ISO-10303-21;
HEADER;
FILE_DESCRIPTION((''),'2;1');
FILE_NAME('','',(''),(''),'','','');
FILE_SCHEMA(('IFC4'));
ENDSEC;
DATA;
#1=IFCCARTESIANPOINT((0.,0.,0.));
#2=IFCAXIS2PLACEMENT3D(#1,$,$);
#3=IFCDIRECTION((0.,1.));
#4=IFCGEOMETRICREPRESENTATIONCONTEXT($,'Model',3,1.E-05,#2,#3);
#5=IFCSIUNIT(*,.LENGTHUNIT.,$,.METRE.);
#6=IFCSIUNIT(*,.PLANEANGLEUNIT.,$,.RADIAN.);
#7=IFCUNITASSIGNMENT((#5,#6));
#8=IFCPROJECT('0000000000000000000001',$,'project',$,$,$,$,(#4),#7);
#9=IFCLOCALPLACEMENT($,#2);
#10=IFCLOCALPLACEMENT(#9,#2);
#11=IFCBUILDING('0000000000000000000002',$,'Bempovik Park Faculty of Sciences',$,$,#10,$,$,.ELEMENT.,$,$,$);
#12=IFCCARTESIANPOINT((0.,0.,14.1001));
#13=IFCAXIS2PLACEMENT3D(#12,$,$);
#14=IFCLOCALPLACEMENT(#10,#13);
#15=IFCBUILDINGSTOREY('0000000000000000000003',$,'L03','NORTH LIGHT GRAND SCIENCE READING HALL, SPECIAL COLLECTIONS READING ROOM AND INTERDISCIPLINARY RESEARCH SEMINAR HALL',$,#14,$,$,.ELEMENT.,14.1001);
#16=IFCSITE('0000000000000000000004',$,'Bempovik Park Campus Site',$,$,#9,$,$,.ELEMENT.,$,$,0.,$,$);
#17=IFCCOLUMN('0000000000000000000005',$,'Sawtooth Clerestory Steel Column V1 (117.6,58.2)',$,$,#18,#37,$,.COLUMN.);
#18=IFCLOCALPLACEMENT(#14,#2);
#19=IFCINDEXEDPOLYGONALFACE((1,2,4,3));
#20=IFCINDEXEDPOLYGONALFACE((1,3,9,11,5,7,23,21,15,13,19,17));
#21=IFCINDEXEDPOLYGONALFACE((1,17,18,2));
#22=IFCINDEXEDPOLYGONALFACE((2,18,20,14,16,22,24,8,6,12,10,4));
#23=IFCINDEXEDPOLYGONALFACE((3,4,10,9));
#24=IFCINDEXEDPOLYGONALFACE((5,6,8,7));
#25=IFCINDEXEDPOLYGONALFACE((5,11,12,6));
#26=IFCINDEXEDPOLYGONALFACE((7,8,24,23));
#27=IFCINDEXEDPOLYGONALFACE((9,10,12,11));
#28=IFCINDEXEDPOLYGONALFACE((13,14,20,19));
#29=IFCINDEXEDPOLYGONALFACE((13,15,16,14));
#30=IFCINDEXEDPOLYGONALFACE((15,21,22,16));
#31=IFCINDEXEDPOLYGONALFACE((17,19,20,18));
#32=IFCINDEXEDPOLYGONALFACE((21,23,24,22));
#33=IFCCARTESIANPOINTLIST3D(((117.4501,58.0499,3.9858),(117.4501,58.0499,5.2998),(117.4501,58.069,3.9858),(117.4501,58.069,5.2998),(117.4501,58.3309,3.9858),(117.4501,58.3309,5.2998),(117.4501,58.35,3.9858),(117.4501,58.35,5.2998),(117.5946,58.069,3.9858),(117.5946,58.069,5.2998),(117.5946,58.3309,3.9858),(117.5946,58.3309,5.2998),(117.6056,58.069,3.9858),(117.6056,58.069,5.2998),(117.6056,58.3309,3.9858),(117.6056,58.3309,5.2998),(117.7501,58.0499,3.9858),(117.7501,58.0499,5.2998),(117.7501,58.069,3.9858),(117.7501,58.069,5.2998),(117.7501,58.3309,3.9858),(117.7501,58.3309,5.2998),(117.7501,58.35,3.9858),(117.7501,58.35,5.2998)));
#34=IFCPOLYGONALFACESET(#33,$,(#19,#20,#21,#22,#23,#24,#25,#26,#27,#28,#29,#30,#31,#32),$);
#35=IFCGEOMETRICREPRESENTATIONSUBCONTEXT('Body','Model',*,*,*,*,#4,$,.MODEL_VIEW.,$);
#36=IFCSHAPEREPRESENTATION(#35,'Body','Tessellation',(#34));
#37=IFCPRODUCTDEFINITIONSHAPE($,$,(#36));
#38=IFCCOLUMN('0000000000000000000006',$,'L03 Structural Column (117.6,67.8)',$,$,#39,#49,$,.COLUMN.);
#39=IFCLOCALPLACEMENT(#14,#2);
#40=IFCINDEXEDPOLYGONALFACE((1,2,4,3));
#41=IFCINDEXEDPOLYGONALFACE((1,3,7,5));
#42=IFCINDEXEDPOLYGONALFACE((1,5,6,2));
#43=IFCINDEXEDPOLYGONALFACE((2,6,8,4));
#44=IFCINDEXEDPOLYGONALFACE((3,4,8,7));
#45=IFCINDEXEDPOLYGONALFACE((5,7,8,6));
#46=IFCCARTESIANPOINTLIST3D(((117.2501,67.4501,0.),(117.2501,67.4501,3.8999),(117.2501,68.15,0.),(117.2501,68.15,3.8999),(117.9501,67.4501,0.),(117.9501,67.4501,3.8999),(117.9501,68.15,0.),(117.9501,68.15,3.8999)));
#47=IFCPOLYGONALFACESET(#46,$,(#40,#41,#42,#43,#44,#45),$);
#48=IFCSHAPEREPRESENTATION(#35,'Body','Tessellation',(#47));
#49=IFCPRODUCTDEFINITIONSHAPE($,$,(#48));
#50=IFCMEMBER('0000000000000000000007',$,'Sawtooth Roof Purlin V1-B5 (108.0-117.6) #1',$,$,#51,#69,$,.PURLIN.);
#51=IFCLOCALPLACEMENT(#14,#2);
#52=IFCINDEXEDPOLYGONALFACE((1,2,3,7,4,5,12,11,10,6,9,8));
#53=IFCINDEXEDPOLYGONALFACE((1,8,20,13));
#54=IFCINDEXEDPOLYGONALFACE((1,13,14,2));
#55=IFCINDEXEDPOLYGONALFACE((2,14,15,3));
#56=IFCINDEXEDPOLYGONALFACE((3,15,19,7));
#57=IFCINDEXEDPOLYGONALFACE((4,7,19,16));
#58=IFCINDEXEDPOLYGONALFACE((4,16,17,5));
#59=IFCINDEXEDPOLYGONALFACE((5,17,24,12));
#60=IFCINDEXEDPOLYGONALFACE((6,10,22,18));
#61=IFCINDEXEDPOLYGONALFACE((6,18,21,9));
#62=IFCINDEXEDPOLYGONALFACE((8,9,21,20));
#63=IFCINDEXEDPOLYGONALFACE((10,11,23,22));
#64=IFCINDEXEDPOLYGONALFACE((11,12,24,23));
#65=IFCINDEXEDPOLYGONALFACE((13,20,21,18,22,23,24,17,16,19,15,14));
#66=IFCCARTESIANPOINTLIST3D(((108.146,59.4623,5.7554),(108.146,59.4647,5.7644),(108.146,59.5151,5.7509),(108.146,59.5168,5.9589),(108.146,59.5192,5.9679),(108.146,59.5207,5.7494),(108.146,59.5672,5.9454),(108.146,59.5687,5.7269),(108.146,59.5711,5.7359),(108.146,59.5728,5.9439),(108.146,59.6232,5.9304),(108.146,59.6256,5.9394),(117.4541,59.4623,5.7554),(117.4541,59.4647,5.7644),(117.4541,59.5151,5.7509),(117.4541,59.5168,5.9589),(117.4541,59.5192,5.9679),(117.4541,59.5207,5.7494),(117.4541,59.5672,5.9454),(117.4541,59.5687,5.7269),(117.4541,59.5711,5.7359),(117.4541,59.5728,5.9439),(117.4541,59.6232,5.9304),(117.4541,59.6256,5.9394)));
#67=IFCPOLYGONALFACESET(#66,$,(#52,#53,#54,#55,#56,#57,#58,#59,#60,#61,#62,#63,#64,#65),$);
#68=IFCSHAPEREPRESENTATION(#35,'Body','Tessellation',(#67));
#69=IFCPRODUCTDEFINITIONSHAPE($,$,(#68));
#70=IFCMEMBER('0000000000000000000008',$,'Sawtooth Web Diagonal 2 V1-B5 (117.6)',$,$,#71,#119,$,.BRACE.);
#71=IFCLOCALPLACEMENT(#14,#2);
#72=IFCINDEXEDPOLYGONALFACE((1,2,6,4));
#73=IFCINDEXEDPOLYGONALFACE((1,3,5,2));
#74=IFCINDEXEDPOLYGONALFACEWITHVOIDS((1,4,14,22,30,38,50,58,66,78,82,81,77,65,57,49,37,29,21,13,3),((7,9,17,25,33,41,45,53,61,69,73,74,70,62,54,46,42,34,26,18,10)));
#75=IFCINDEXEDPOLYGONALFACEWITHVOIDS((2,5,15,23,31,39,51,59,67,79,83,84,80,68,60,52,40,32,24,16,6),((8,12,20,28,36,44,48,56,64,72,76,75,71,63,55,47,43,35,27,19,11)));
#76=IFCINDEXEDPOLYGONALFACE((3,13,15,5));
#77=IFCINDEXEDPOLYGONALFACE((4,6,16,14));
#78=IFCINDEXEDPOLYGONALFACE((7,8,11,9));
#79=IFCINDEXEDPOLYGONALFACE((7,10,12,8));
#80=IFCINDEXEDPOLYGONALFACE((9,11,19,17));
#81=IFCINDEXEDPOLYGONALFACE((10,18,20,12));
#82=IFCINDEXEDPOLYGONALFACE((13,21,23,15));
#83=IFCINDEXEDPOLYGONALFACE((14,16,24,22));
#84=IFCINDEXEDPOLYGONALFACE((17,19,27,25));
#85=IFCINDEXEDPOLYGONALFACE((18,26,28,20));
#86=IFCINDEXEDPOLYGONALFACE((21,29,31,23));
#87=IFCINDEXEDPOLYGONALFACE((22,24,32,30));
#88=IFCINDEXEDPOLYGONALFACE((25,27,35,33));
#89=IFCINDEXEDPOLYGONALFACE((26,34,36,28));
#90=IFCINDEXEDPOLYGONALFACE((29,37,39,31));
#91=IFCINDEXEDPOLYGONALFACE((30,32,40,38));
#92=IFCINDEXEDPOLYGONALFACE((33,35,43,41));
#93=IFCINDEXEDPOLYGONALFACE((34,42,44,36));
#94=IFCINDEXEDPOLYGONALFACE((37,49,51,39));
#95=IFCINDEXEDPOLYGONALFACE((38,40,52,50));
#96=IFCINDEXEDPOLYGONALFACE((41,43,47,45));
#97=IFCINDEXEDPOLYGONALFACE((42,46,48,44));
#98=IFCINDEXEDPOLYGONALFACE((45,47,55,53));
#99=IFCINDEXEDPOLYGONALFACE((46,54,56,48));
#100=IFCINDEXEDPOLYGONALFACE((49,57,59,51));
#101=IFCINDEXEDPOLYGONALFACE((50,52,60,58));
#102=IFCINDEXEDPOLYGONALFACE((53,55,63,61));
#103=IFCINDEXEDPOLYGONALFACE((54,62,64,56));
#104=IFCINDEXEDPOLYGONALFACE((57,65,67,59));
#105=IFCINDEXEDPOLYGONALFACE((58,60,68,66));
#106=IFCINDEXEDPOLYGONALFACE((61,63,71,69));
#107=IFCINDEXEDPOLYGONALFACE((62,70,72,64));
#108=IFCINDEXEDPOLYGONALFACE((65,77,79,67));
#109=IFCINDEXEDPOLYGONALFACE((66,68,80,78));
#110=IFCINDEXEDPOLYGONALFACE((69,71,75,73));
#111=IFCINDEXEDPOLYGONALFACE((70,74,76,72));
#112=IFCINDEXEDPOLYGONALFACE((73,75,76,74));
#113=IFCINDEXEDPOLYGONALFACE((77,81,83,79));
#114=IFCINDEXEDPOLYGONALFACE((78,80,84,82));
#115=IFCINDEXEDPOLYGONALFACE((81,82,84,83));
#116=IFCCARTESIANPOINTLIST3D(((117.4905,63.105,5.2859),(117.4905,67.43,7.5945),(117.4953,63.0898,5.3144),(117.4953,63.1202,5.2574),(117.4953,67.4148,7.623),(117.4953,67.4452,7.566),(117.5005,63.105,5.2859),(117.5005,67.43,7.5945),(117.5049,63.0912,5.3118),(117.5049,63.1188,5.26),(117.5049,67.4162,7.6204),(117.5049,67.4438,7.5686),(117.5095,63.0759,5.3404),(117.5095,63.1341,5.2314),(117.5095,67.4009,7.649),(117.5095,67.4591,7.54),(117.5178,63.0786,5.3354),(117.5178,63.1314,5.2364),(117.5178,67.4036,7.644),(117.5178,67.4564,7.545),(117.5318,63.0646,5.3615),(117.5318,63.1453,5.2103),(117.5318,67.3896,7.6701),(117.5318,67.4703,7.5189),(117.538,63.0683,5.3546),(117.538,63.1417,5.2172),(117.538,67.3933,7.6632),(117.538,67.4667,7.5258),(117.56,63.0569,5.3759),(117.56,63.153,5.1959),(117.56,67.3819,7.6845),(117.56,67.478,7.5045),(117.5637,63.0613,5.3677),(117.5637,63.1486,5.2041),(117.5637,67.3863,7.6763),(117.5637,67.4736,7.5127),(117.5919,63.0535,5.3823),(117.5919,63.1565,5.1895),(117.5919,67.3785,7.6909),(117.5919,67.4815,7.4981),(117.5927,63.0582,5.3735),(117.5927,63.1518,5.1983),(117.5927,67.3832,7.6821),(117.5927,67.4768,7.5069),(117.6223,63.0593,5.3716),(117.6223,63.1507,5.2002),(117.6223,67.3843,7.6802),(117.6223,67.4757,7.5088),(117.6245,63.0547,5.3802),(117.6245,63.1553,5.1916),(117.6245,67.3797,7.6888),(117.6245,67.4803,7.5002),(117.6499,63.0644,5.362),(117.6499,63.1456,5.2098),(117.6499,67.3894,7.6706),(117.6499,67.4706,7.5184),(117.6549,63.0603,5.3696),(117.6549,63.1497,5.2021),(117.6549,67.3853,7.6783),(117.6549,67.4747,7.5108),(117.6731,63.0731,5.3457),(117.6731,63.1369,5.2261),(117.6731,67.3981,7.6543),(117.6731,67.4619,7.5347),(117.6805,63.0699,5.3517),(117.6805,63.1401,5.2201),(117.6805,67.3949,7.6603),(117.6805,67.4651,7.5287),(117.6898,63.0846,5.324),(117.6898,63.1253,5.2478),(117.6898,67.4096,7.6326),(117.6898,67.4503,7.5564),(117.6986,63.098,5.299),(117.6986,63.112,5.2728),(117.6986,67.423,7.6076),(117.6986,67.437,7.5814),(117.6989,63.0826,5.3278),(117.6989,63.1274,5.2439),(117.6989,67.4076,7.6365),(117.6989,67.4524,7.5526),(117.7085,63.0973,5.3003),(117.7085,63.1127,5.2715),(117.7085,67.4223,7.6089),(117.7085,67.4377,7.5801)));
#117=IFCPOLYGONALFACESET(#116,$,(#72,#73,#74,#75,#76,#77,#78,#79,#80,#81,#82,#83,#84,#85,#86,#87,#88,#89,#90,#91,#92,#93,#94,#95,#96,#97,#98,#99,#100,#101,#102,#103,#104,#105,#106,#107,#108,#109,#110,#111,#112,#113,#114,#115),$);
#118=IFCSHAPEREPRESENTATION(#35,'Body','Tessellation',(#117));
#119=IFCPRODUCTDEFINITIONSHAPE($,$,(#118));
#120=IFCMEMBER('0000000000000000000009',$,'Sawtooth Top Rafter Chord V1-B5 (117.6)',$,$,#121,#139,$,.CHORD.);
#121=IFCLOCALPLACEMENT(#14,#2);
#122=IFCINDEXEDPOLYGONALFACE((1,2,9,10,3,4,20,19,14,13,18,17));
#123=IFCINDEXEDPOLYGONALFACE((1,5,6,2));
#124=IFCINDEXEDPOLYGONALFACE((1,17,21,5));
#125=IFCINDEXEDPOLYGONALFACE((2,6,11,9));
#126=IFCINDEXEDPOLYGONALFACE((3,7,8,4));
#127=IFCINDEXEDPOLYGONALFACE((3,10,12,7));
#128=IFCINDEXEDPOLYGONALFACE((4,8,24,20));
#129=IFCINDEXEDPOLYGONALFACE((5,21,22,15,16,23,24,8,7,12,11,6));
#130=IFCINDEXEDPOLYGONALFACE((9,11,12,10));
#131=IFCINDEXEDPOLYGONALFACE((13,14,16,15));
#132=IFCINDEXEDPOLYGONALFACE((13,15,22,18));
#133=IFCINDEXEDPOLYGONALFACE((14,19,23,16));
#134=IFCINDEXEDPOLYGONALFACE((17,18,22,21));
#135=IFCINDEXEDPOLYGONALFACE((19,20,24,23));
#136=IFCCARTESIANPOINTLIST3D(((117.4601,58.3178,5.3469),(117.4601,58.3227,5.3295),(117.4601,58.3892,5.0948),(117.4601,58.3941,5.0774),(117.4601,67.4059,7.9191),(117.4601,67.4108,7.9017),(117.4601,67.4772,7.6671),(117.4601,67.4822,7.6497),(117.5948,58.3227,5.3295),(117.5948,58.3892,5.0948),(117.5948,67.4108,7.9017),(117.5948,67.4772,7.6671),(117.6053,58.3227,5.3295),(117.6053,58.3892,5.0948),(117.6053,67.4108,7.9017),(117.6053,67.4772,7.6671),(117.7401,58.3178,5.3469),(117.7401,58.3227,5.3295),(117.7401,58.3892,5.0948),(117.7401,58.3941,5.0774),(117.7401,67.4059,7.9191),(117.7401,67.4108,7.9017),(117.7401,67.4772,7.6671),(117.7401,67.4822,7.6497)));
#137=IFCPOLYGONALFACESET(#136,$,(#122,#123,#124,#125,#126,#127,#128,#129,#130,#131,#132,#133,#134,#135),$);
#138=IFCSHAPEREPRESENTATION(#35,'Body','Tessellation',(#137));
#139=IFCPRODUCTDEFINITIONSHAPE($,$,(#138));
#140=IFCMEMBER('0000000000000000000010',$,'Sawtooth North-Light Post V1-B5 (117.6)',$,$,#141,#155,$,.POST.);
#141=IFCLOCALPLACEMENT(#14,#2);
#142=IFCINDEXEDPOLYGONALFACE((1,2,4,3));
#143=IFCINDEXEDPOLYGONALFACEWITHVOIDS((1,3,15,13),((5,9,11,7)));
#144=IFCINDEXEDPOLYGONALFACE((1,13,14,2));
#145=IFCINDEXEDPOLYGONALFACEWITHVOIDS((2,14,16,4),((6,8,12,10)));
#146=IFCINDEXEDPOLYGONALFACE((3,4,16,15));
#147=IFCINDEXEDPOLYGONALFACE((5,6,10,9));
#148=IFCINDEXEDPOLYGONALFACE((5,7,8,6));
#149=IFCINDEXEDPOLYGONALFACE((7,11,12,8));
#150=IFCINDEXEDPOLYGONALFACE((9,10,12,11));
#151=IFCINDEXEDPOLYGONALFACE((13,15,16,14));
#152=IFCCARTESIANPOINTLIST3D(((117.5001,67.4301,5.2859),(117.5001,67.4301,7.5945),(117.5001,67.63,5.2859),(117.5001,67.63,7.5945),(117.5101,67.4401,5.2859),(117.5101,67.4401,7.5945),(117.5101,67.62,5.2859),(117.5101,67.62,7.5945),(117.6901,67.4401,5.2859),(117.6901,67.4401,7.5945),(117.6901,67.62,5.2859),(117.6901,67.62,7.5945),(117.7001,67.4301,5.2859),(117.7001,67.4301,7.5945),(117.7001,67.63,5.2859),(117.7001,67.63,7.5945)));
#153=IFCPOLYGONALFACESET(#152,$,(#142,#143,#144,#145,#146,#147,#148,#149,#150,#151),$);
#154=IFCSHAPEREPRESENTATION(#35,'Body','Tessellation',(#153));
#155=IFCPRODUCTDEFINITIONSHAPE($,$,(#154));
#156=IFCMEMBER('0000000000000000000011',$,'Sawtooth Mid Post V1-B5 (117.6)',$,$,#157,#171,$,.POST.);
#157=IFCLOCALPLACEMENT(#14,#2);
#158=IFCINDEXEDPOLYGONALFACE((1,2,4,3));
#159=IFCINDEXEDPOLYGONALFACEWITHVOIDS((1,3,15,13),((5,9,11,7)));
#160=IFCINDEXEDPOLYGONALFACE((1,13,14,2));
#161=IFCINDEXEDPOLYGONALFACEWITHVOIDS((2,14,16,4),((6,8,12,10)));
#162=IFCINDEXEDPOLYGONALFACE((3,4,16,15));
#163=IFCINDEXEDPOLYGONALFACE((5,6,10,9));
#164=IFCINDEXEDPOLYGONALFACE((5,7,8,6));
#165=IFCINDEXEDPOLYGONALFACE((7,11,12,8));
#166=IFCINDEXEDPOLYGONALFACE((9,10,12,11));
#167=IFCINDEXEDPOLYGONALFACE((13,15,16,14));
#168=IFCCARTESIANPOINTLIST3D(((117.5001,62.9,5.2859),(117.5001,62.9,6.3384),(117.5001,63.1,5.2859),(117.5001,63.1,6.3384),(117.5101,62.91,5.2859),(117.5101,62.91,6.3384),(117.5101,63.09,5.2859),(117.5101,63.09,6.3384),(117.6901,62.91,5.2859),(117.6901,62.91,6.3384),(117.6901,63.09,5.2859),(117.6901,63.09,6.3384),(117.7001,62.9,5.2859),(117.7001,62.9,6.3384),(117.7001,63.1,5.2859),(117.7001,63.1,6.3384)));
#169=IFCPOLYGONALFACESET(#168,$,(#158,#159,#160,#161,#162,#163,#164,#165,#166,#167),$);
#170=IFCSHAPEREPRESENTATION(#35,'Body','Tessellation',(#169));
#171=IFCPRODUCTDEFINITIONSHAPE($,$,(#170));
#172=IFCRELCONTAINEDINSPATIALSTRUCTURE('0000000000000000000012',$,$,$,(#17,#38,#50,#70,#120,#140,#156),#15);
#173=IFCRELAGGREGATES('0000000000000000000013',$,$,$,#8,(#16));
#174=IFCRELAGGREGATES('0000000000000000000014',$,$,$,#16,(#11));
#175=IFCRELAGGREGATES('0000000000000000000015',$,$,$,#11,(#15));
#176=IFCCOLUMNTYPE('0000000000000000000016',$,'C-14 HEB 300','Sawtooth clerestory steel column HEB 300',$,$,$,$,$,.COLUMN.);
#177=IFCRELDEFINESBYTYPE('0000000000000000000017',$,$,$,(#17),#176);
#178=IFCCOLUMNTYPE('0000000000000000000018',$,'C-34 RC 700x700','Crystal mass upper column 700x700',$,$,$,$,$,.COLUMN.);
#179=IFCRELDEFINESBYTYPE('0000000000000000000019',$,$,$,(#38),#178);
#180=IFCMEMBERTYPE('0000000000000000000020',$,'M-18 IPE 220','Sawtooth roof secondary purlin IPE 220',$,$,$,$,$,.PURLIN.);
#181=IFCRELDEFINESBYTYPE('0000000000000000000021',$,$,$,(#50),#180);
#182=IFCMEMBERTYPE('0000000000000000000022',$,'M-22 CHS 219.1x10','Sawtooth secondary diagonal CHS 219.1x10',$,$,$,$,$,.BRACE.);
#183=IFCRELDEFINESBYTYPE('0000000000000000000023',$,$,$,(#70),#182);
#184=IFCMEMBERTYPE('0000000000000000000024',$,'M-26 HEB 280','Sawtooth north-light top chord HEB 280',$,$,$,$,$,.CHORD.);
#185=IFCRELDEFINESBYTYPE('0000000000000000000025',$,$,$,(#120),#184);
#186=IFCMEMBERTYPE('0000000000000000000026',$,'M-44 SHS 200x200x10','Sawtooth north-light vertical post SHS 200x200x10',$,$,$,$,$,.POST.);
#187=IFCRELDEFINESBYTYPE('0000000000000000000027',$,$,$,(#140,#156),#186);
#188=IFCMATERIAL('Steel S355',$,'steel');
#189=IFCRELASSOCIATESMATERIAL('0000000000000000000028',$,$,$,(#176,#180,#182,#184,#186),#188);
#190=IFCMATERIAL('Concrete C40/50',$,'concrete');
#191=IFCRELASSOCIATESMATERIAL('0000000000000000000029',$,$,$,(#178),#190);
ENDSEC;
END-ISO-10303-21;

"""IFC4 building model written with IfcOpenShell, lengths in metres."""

from ifc_helpers import new_model, si_unit, direction, frame, origin, origin_2d, place, context, subcontext, project, spatial, rectangle, hollow_rectangle, hollow_circle, i_section, extrude, material, material_profile, profile_set, type_object, element, save


model = new_model("IFC4")

# Units and contexts
model_context = context("Model", 3, precision=1e-05, world=origin(), true_north=direction((0.0, 1.0)))
body_context = subcontext(model_context, "Body", "Model", "MODEL_VIEW")
ifc_project = project(units=[si_unit("LENGTHUNIT", "METRE"), si_unit("PLANEANGLEUNIT", "RADIAN")], contexts=[model_context])

# Site, building, storey
site_placement = place(None, origin())
site = spatial("IfcSite", under=ifc_project, at=site_placement, Name="Bempovik Park Campus Site", CompositionType="ELEMENT", RefElevation=0.0)
building_placement = place(site_placement, origin())
building = spatial("IfcBuilding", under=site, at=building_placement, Name="Bempovik Park Faculty of Sciences", CompositionType="ELEMENT")
storey_placement = place(building_placement, frame((0.0, 0.0, 14.1001)))
storey = spatial("IfcBuildingStorey", under=building, at=storey_placement, Name="L03", Description="NORTH LIGHT GRAND SCIENCE READING HALL, SPECIAL COLLECTIONS READING ROOM AND INTERDISCIPLINARY RESEARCH SEMINAR HALL", CompositionType="ELEMENT", Elevation=14.1001)

# Columns
ifc_material_1 = material(Name="Steel S355", Category="steel")
ifc_material_profile_1 = material_profile(ifc_material_1, i_section(OverallWidth=0.3, OverallDepth=0.3, WebThickness=0.011, FlangeThickness=0.019, at=origin_2d()), Name="HEB 300")
ifc_profile_set_1 = profile_set([ifc_material_profile_1], Name="Steel S355")
column_type_1 = type_object("IfcColumnType", Name="C-14 HEB 300", Description="Sawtooth clerestory steel column HEB 300", PredefinedType="COLUMN", material=ifc_profile_set_1)
column_1_placement = place(storey_placement, frame((117.6001, 58.2, 3.9858), z_axis=(0.0, 0.0, 1.0), x_axis=(1.0, 0.0, 0.0)))
element("IfcColumn", 1, at=column_1_placement, inside=storey, type_object=column_type_1, Name="Sawtooth Clerestory Steel Column V1 (117.6,58.2)", PredefinedType="COLUMN", context=body_context, shape_type="SweptSolid", body=[
    extrude(i_section(OverallWidth=0.3, OverallDepth=0.3, WebThickness=0.011, FlangeThickness=0.019, at=origin_2d()), origin(), (0.0, 0.0, 1.0), 1.314),
])
ifc_material_2 = material(Name="Concrete C40/50", Category="concrete")
ifc_material_profile_2 = material_profile(ifc_material_2, rectangle(XDim=0.7, YDim=0.7, at=origin_2d()), Name="RC 700x700")
ifc_profile_set_2 = profile_set([ifc_material_profile_2], Name="Concrete C40/50")
column_type_2 = type_object("IfcColumnType", Name="C-34 RC 700x700", Description="Crystal mass upper column 700x700", PredefinedType="COLUMN", material=ifc_profile_set_2)
column_2_placement = place(storey_placement, frame((117.6001, 67.8, 0.0), z_axis=(0.0, 0.0, 1.0), x_axis=(1.0, 0.0, 0.0)))
element("IfcColumn", 2, at=column_2_placement, inside=storey, type_object=column_type_2, Name="L03 Structural Column (117.6,67.8)", PredefinedType="COLUMN", context=body_context, shape_type="SweptSolid", body=[
    extrude(rectangle(XDim=0.7, YDim=0.7, at=origin_2d()), origin(), (0.0, 0.0, 1.0), 3.8999),
])

# Members
ifc_material_profile_3 = material_profile(ifc_material_1, i_section(OverallWidth=0.1101, OverallDepth=0.22, WebThickness=0.0059, FlangeThickness=0.0093, at=origin_2d()), Name="IPE 220")
ifc_profile_set_3 = profile_set([ifc_material_profile_3], Name="Steel S355")
member_type_1 = type_object("IfcMemberType", Name="M-18 IPE 220", Description="Sawtooth roof secondary purlin IPE 220", PredefinedType="PURLIN", material=ifc_profile_set_3)
member_1_placement = place(storey_placement, frame((108.146, 59.5439, 5.8474), z_axis=(1.0, 0.0, 0.0), x_axis=(0.0, 0.965926, -0.258819)))
element("IfcMember", 3, at=member_1_placement, inside=storey, type_object=member_type_1, Name="Sawtooth Roof Purlin V1-B5 (108.0-117.6) #1", PredefinedType="PURLIN", context=body_context, shape_type="SweptSolid", body=[
    extrude(i_section(OverallWidth=0.1101, OverallDepth=0.22, WebThickness=0.0059, FlangeThickness=0.0093, at=origin_2d()), origin(), (0.0, 0.0, 1.0), 9.3081),
])
ifc_material_profile_4 = material_profile(ifc_material_1, hollow_circle(Radius=0.1096, WallThickness=0.01, at=origin_2d()), Name="CHS 219.1x10")
ifc_profile_set_4 = profile_set([ifc_material_profile_4], Name="Steel S355")
member_type_2 = type_object("IfcMemberType", Name="M-22 CHS 219.1x10", Description="Sawtooth secondary diagonal CHS 219.1x10", PredefinedType="BRACE", material=ifc_profile_set_4)
member_2_placement = place(storey_placement, frame((117.6001, 63.105, 5.2859), z_axis=(0.0, 0.882187, 0.470898), x_axis=(-1.0, 0.0, 0.0)))
element("IfcMember", 4, at=member_2_placement, inside=storey, type_object=member_type_2, Name="Sawtooth Web Diagonal 2 V1-B5 (117.6)", PredefinedType="BRACE", context=body_context, shape_type="SweptSolid", body=[
    extrude(hollow_circle(Radius=0.1096, WallThickness=0.01, at=origin_2d()), origin(), (0.0, 0.0, 1.0), 4.9026),
])
ifc_material_profile_5 = material_profile(ifc_material_1, i_section(OverallWidth=0.28, OverallDepth=0.28, WebThickness=0.0105, FlangeThickness=0.0181, at=origin_2d()), Name="HEB 280")
ifc_profile_set_5 = profile_set([ifc_material_profile_5], Name="Steel S355")
member_type_3 = type_object("IfcMemberType", Name="M-26 HEB 280", Description="Sawtooth north-light top chord HEB 280", PredefinedType="CHORD", material=ifc_profile_set_5)
member_3_placement = place(storey_placement, frame((117.6001, 58.356, 5.2122), z_axis=(0.0, 0.962202, 0.272337), x_axis=(-1.0, 0.0, 0.0)))
element("IfcMember", 5, at=member_3_placement, inside=storey, type_object=member_type_3, Name="Sawtooth Top Rafter Chord V1-B5 (117.6)", PredefinedType="CHORD", context=body_context, shape_type="SweptSolid", body=[
    extrude(i_section(OverallWidth=0.28, OverallDepth=0.28, WebThickness=0.0105, FlangeThickness=0.0181, at=origin_2d()), origin(), (0.0, 0.0, 1.0), 9.4451),
])
ifc_material_profile_6 = material_profile(ifc_material_1, hollow_rectangle(XDim=0.2, YDim=0.2, WallThickness=0.01, at=origin_2d()), Name="SHS 200x200x10")
ifc_profile_set_6 = profile_set([ifc_material_profile_6], Name="Steel S355")
member_type_4 = type_object("IfcMemberType", Name="M-44 SHS 200x200x10", Description="Sawtooth north-light vertical post SHS 200x200x10", PredefinedType="POST", material=ifc_profile_set_6)
member_4_placement = place(storey_placement, frame((117.6001, 67.53, 5.2859), z_axis=(0.0, 0.0, 1.0), x_axis=(1.0, 0.0, 0.0)))
element("IfcMember", 6, at=member_4_placement, inside=storey, type_object=member_type_4, Name="Sawtooth North-Light Post V1-B5 (117.6)", PredefinedType="POST", context=body_context, shape_type="SweptSolid", body=[
    extrude(hollow_rectangle(XDim=0.2, YDim=0.2, WallThickness=0.01, at=origin_2d()), origin(), (0.0, 0.0, 1.0), 2.3086),
])
member_5_placement = place(storey_placement, frame((117.6001, 63.0, 5.2859), z_axis=(0.0, 0.0, 1.0), x_axis=(1.0, 0.0, 0.0)))
element("IfcMember", 7, at=member_5_placement, inside=storey, type_object=member_type_4, Name="Sawtooth Mid Post V1-B5 (117.6)", PredefinedType="POST", context=body_context, shape_type="SweptSolid", body=[
    extrude(hollow_rectangle(XDim=0.2, YDim=0.2, WallThickness=0.01, at=origin_2d()), origin(), (0.0, 0.0, 1.0), 1.0525),
])

save(model, "model.ifc")
